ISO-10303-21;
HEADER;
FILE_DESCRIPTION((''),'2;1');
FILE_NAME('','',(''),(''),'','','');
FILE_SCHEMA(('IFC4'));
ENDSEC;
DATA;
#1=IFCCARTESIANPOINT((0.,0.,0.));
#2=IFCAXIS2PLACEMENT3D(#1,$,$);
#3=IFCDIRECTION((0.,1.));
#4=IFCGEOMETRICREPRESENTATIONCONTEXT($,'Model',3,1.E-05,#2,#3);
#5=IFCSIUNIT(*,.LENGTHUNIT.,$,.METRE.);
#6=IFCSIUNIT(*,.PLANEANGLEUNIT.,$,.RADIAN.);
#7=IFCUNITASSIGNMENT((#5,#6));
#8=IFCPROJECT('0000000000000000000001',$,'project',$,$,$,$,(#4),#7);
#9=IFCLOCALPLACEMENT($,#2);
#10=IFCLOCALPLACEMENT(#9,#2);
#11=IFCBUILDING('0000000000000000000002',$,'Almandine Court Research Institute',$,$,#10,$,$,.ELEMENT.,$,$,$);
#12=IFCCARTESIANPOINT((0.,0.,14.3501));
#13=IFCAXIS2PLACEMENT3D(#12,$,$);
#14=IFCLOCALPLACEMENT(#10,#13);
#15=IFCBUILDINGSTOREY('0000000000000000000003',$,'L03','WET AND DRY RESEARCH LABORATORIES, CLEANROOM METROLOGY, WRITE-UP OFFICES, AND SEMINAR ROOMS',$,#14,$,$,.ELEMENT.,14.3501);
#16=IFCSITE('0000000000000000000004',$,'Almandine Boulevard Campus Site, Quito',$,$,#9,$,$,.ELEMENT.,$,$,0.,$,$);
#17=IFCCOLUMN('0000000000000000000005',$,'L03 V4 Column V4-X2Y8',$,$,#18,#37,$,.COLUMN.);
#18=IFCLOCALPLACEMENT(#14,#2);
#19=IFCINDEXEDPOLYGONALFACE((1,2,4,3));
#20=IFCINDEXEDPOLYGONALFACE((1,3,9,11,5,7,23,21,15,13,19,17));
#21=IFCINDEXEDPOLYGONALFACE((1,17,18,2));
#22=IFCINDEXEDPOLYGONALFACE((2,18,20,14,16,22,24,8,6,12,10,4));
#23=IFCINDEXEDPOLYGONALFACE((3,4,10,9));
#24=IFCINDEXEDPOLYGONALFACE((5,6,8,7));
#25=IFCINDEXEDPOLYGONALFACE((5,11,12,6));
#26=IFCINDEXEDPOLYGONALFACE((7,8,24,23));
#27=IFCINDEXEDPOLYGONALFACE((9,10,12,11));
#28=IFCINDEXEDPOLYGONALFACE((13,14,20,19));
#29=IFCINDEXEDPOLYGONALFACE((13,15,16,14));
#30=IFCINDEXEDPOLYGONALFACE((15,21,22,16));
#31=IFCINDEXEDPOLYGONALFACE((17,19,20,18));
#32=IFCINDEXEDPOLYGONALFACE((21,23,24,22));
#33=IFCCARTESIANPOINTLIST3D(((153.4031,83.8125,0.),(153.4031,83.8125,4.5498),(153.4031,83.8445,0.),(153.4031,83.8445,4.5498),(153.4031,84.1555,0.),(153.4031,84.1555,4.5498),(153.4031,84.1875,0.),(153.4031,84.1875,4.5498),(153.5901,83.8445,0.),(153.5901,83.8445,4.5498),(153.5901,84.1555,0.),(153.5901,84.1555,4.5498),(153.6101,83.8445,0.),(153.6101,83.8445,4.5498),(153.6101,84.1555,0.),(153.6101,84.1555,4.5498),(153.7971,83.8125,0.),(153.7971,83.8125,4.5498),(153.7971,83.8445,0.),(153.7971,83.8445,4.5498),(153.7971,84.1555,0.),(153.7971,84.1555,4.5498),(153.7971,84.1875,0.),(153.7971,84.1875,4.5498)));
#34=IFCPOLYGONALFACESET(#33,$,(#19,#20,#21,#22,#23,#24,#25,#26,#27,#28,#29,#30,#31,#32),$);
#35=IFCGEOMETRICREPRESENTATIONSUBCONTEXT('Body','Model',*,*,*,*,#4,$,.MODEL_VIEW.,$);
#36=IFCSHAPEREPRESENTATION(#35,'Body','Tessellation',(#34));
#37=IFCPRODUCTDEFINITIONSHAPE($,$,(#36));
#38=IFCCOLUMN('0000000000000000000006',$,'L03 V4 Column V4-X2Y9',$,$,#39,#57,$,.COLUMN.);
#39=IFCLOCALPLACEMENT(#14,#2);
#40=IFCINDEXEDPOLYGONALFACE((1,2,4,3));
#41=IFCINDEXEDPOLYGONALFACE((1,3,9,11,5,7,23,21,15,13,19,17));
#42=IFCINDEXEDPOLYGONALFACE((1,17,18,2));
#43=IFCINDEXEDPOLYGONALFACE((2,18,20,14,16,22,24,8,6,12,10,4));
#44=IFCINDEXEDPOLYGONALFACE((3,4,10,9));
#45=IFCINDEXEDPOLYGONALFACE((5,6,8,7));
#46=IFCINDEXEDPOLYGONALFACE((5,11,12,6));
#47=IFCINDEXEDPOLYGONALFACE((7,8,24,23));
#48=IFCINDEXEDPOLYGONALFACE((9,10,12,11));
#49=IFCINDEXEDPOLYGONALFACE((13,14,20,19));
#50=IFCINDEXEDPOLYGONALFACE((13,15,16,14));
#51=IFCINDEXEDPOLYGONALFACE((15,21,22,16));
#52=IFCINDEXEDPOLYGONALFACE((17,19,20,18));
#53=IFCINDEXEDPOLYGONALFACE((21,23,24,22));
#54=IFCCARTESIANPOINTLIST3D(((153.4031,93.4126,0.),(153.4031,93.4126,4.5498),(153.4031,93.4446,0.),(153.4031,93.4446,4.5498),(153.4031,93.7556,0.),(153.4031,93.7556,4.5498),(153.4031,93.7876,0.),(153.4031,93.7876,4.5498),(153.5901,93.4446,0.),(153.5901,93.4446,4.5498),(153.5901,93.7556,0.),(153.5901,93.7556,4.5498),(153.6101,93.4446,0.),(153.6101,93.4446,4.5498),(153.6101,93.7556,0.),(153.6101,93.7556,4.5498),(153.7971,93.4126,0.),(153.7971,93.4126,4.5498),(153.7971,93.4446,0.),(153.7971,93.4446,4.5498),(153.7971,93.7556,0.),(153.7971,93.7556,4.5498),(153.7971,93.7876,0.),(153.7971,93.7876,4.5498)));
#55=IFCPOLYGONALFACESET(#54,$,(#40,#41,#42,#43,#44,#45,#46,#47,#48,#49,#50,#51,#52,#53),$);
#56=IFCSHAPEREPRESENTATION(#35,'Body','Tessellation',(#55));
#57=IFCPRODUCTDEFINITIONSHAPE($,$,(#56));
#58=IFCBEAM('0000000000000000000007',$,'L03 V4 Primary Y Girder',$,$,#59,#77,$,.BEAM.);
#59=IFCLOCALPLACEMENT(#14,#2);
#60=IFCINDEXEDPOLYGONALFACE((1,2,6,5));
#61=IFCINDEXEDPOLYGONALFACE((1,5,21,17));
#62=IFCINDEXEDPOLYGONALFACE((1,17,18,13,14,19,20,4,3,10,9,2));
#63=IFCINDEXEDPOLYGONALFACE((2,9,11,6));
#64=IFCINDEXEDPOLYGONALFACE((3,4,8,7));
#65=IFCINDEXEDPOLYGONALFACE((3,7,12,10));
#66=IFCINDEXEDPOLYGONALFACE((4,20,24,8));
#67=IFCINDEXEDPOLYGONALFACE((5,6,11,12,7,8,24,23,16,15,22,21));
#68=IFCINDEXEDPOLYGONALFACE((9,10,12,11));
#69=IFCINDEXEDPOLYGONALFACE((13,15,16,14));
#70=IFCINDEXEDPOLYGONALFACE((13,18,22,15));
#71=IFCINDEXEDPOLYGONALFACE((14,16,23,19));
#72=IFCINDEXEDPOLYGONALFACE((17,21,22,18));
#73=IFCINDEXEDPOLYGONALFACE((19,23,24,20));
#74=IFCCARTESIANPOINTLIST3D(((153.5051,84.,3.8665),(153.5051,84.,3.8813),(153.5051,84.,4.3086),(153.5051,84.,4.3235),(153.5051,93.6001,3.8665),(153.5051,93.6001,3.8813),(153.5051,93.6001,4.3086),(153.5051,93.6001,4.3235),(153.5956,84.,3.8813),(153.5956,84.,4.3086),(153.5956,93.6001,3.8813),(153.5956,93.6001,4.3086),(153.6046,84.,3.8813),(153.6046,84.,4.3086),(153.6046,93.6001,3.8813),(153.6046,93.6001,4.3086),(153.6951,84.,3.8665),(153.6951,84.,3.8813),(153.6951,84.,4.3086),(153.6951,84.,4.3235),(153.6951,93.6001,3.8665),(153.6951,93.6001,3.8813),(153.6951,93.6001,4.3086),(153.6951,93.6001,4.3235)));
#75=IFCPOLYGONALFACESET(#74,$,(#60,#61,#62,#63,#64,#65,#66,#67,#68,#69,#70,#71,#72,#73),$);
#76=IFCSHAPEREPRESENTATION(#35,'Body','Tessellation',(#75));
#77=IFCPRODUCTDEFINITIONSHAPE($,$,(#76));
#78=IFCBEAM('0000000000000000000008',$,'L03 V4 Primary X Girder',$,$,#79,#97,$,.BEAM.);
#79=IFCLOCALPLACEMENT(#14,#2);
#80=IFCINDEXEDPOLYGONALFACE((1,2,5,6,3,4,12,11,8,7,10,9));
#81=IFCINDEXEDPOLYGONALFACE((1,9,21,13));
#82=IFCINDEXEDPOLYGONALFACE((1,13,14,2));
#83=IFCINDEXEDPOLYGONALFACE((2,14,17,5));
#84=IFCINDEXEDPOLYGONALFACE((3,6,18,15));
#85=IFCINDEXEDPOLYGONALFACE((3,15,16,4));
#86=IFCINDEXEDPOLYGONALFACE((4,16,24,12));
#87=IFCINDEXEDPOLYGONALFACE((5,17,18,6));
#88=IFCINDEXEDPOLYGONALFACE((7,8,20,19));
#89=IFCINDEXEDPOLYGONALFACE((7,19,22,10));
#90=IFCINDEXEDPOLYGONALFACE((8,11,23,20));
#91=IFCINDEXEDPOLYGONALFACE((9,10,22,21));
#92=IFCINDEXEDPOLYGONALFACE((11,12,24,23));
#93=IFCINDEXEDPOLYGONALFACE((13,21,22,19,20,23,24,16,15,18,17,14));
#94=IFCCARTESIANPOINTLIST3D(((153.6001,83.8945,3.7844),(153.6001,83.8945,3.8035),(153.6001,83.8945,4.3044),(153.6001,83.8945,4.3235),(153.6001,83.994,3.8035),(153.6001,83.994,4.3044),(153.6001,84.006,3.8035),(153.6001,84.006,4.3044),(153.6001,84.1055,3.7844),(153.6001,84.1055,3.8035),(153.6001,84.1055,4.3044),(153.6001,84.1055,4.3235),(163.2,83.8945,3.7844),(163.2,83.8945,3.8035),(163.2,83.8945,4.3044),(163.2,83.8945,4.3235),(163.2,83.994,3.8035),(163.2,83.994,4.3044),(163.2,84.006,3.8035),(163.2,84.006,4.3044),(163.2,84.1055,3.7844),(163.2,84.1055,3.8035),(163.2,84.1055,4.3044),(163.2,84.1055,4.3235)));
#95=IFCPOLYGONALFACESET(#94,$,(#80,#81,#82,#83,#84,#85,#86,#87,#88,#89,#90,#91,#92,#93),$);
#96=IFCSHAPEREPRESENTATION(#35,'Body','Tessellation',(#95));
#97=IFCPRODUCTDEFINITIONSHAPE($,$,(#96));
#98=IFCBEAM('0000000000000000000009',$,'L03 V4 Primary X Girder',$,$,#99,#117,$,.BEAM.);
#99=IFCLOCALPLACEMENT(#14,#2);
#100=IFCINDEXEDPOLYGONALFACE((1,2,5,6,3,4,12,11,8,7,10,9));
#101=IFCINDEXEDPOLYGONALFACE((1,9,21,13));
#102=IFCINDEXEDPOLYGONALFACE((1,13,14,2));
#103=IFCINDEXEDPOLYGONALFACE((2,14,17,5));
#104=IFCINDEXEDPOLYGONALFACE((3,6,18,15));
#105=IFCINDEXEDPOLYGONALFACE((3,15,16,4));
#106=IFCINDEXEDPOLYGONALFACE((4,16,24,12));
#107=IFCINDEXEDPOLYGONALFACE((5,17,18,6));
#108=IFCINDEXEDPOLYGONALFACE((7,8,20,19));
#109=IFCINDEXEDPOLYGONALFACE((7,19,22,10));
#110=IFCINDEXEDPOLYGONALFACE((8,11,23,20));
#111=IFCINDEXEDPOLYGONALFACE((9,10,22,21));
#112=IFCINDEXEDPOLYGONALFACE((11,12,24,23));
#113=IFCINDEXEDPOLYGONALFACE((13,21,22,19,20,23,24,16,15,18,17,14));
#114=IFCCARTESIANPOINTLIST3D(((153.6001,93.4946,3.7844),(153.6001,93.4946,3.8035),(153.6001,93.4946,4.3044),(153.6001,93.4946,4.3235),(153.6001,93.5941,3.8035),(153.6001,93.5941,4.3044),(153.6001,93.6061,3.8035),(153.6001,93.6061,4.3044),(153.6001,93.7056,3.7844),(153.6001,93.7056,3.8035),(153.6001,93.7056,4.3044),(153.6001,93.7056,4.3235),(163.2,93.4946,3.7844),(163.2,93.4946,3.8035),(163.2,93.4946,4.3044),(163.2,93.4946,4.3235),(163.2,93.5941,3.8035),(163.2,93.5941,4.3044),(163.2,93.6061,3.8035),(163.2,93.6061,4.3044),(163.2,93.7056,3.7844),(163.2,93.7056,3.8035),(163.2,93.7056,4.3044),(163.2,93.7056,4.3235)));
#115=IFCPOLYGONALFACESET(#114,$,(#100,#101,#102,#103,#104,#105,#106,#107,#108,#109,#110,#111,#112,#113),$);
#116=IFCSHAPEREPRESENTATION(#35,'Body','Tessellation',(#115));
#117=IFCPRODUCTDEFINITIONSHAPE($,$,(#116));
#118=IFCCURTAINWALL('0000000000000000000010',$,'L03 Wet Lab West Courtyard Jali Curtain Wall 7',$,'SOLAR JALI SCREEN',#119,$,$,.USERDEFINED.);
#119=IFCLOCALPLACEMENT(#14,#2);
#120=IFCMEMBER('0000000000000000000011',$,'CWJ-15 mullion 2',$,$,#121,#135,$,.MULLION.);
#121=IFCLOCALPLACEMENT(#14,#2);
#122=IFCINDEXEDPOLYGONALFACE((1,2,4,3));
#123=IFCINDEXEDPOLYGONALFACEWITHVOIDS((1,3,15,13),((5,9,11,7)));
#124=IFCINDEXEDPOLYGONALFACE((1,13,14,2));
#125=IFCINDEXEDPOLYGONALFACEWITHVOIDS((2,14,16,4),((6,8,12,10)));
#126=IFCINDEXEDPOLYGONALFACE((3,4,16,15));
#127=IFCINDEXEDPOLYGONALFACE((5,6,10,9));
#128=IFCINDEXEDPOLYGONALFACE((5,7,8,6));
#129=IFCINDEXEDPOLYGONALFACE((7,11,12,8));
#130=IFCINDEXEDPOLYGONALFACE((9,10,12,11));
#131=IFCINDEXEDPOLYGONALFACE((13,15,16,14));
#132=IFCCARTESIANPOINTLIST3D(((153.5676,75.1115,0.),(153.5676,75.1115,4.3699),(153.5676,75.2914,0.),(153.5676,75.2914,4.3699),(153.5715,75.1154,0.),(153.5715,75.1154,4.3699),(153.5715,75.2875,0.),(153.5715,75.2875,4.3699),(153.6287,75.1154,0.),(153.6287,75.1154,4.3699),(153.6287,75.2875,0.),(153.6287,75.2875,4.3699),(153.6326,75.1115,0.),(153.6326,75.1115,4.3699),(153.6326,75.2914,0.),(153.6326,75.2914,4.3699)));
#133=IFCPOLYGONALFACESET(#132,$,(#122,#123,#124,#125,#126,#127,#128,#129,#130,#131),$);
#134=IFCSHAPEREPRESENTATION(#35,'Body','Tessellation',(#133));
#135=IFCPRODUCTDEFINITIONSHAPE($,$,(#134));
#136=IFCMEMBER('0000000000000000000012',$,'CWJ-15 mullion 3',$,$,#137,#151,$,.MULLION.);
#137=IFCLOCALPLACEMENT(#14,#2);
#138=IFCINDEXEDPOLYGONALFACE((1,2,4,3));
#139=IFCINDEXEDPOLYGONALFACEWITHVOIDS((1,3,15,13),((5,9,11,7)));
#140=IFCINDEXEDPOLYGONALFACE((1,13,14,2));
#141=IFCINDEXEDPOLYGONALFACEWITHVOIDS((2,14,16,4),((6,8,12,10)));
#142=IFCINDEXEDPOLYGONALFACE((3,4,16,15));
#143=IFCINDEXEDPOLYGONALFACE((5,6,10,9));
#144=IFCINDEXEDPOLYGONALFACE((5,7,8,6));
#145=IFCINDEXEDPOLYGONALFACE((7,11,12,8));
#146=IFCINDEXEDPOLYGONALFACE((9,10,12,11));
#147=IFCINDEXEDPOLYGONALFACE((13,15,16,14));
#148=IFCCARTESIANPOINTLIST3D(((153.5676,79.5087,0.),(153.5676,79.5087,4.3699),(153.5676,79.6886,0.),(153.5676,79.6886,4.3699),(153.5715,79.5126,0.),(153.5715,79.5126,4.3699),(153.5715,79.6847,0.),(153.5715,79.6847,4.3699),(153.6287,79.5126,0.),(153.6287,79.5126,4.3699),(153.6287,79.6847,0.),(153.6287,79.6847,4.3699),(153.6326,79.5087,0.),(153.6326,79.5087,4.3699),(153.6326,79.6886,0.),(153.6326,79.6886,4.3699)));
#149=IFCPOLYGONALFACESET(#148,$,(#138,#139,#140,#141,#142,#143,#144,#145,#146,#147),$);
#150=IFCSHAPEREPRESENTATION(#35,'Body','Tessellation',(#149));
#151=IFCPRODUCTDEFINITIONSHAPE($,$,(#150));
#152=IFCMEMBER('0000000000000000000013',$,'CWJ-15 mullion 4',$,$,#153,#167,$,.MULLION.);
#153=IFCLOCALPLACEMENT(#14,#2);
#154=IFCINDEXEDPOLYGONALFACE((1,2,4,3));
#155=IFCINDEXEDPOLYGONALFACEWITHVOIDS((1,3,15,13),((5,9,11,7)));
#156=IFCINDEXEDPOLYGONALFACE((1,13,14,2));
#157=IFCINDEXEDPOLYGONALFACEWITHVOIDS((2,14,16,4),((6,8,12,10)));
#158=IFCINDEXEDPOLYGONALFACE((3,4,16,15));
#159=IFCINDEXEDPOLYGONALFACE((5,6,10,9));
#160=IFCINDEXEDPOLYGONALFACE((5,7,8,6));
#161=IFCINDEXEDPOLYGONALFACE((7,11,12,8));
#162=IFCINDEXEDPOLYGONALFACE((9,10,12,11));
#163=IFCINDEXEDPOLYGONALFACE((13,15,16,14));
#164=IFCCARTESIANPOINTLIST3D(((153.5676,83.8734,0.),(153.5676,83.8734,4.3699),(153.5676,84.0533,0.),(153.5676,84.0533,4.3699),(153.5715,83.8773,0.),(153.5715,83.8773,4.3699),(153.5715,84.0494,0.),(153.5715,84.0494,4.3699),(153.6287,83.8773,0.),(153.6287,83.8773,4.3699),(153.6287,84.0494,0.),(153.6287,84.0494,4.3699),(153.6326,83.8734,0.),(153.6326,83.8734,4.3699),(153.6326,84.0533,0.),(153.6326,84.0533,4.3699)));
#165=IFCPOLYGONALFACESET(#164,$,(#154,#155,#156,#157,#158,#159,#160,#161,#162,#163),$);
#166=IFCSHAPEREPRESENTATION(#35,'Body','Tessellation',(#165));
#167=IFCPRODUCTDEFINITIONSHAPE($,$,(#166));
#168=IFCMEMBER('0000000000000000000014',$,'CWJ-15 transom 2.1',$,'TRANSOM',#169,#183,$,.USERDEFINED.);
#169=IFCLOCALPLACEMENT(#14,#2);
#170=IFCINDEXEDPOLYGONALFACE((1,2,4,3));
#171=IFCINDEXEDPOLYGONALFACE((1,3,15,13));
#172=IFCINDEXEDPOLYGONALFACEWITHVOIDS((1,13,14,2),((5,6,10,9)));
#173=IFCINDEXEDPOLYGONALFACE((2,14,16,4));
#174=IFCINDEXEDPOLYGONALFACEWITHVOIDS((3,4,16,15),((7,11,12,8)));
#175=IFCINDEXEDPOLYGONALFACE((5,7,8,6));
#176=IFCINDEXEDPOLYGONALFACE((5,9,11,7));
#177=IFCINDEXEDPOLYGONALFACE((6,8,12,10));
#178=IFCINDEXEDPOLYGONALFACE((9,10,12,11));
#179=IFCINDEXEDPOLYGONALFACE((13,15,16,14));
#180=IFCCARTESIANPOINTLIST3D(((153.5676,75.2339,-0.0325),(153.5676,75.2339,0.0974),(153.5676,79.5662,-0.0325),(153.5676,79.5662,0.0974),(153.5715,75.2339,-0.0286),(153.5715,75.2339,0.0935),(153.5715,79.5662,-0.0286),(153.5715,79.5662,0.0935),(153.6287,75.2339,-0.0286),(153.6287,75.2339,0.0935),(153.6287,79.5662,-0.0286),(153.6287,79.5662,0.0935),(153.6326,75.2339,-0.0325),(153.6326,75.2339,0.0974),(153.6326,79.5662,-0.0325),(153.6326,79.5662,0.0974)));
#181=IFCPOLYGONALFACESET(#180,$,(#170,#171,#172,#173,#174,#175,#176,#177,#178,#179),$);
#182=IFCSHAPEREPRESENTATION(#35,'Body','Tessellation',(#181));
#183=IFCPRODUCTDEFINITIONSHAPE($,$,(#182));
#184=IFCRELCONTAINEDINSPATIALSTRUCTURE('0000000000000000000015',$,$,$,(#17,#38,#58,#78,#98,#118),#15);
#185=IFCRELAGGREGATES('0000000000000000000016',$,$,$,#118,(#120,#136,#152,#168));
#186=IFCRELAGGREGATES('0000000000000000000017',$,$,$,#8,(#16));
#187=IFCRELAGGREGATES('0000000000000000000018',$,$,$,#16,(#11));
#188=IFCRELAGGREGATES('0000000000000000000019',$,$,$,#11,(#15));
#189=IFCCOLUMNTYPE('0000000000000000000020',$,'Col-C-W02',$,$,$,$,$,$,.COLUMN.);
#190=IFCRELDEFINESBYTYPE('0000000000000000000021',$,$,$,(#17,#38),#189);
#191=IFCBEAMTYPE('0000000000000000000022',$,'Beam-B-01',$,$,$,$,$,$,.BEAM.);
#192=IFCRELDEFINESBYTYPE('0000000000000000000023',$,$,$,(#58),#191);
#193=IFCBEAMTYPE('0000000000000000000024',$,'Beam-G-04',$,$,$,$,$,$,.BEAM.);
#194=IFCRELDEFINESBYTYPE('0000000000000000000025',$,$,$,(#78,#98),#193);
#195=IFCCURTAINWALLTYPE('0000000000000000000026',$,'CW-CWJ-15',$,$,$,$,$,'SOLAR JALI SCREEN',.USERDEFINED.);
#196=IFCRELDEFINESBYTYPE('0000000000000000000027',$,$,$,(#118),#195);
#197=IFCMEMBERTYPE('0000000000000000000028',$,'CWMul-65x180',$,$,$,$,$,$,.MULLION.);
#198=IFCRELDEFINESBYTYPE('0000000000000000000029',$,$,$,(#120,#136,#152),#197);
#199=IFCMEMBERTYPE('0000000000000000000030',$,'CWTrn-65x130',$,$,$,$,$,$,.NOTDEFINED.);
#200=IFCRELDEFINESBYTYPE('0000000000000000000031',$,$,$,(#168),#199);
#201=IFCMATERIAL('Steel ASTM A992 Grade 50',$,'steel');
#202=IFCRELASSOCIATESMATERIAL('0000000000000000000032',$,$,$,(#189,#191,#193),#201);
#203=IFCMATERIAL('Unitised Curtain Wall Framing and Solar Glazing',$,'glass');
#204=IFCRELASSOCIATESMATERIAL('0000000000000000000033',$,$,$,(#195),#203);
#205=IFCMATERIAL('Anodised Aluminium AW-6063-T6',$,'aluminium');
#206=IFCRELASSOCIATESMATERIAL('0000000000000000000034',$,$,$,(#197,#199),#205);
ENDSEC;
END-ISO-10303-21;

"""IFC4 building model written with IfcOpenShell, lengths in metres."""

from ifc_helpers import new_model, si_unit, direction, frame, origin, origin_2d, place, context, subcontext, project, spatial, hollow_rectangle, i_section, extrude, material, material_profile, profile_set, type_object, element, aggregate, save


model = new_model("IFC4")

# Units and contexts
model_context = context("Model", 3, precision=1e-05, world=origin(), true_north=direction((0.0, 1.0)))
body_context = subcontext(model_context, "Body", "Model", "MODEL_VIEW")
ifc_project = project(units=[si_unit("LENGTHUNIT", "METRE"), si_unit("PLANEANGLEUNIT", "RADIAN")], contexts=[model_context])

# Site, building, storey
site_placement = place(None, origin())
site = spatial("IfcSite", under=ifc_project, at=site_placement, Name="Almandine Boulevard Campus Site, Quito", CompositionType="ELEMENT", RefElevation=0.0)
building_placement = place(site_placement, origin())
building = spatial("IfcBuilding", under=site, at=building_placement, Name="Almandine Court Research Institute", CompositionType="ELEMENT")
storey_placement = place(building_placement, frame((0.0, 0.0, 14.3501)))
storey = spatial("IfcBuildingStorey", under=building, at=storey_placement, Name="L03", Description="WET AND DRY RESEARCH LABORATORIES, CLEANROOM METROLOGY, WRITE-UP OFFICES, AND SEMINAR ROOMS", CompositionType="ELEMENT", Elevation=14.3501)

# Columns
ifc_material_1 = material(Name="Steel ASTM A992 Grade 50", Category="steel")
ifc_material_profile_1 = material_profile(ifc_material_1, i_section(OverallWidth=0.394, OverallDepth=0.375, WebThickness=0.02, FlangeThickness=0.032, at=origin_2d()), Name="W360x216")
ifc_profile_set_1 = profile_set([ifc_material_profile_1], Name="Steel ASTM A992 Grade 50")
column_type = type_object("IfcColumnType", Name="Col-C-W02", PredefinedType="COLUMN", material=ifc_profile_set_1)
for number, where, z_axis, x_axis, name in (
    (1, (153.6001, 84.0, 0.0), (0.0, 0.0, 1.0), (1.0, 0.0, 0.0), "L03 V4 Column V4-X2Y8"),
    (2, (153.6001, 93.6001, 0.0), (0.0, 0.0, 1.0), (1.0, 0.0, 0.0), "L03 V4 Column V4-X2Y9"),
):
    element("IfcColumn", number, at=place(storey_placement, frame(where, z_axis=z_axis, x_axis=x_axis)), inside=storey, type_object=column_type, Name=name, PredefinedType="COLUMN", context=body_context, shape_type="SweptSolid", body=[
        extrude(i_section(OverallWidth=0.394, OverallDepth=0.375, WebThickness=0.02, FlangeThickness=0.032, at=origin_2d()), origin(), (0.0, 0.0, 1.0), 4.5498),
    ])

# Beams
ifc_material_profile_2 = material_profile(ifc_material_1, i_section(OverallWidth=0.1899, OverallDepth=0.457, WebThickness=0.009, FlangeThickness=0.0149, at=origin_2d()), Name="W460x74")
ifc_profile_set_2 = profile_set([ifc_material_profile_2], Name="Steel ASTM A992 Grade 50")
beam_type_1 = type_object("IfcBeamType", Name="Beam-B-01", PredefinedType="BEAM", material=ifc_profile_set_2)
beam_placement = place(storey_placement, frame((153.6001, 84.0, 4.095), z_axis=(0.0, 1.0, 0.0), x_axis=(-1.0, 0.0, 0.0)))
element("IfcBeam", 3, at=beam_placement, inside=storey, type_object=beam_type_1, Name="L03 V4 Primary Y Girder", PredefinedType="BEAM", context=body_context, shape_type="SweptSolid", body=[
    extrude(i_section(OverallWidth=0.1899, OverallDepth=0.457, WebThickness=0.009, FlangeThickness=0.0149, at=origin_2d()), origin(), (0.0, 0.0, 1.0), 9.6001),
])
ifc_material_profile_3 = material_profile(ifc_material_1, i_section(OverallWidth=0.2109, OverallDepth=0.5391, WebThickness=0.012, FlangeThickness=0.019, at=origin_2d()), Name="W530x109")
ifc_profile_set_3 = profile_set([ifc_material_profile_3], Name="Steel ASTM A992 Grade 50")
beam_type_2 = type_object("IfcBeamType", Name="Beam-G-04", PredefinedType="BEAM", material=ifc_profile_set_3)
for number, where, z_axis, x_axis, name in (
    (4, (153.6001, 84.0, 4.054), (1.0, 0.0, 0.0), (0.0, 1.0, 0.0), "L03 V4 Primary X Girder"),
    (5, (153.6001, 93.6001, 4.054), (1.0, 0.0, 0.0), (0.0, 1.0, 0.0), "L03 V4 Primary X Girder"),
):
    element("IfcBeam", number, at=place(storey_placement, frame(where, z_axis=z_axis, x_axis=x_axis)), inside=storey, type_object=beam_type_2, Name=name, PredefinedType="BEAM", context=body_context, shape_type="SweptSolid", body=[
        extrude(i_section(OverallWidth=0.2109, OverallDepth=0.5391, WebThickness=0.012, FlangeThickness=0.019, at=origin_2d()), origin(), (0.0, 0.0, 1.0), 9.5999),
    ])

# Curtain wall, members
ifc_material_2 = material(Name="Unitised Curtain Wall Framing and Solar Glazing", Category="glass")
curtain_wall_type_1 = type_object("IfcCurtainWallType", Name="CW-CWJ-15", ElementType="SOLAR JALI SCREEN", PredefinedType="USERDEFINED", material=ifc_material_2)
curtain_wall_1_placement = place(storey_placement, origin())
curtain_wall_1 = element("IfcCurtainWall", 6, at=curtain_wall_1_placement, inside=storey, type_object=curtain_wall_type_1, Name="L03 Wet Lab West Courtyard Jali Curtain Wall 7", ObjectType="SOLAR JALI SCREEN", PredefinedType="USERDEFINED")
ifc_material_3 = material(Name="Anodised Aluminium AW-6063-T6", Category="aluminium")
ifc_material_profile_4 = material_profile(ifc_material_3, hollow_rectangle(XDim=0.0649, YDim=0.1799, WallThickness=0.0039, at=origin_2d()), Name="ALU RHS 65x180x4")
ifc_profile_set_4 = profile_set([ifc_material_profile_4], Name="Anodised Aluminium AW-6063-T6")
member_type_1 = type_object("IfcMemberType", Name="CWMul-65x180", PredefinedType="MULLION", material=ifc_profile_set_4)
member_1_placement = place(storey_placement, frame((153.6001, 75.2014, 0.0), z_axis=(0.0, 0.0, 1.0), x_axis=(-1.0, 0.0, 0.0)))
member_1 = element("IfcMember", 7, at=member_1_placement, type_object=member_type_1, Name="CWJ-15 mullion 2", PredefinedType="MULLION", context=body_context, shape_type="SweptSolid", body=[
    extrude(hollow_rectangle(XDim=0.0649, YDim=0.1799, WallThickness=0.0039, at=origin_2d()), origin(), (0.0, 0.0, 1.0), 4.3699),
])
member_2_placement = place(storey_placement, frame((153.6001, 79.5986, 0.0), z_axis=(0.0, 0.0, 1.0), x_axis=(-1.0, 0.0, 0.0)))
member_2 = element("IfcMember", 8, at=member_2_placement, type_object=member_type_1, Name="CWJ-15 mullion 3", PredefinedType="MULLION", context=body_context, shape_type="SweptSolid", body=[
    extrude(hollow_rectangle(XDim=0.0649, YDim=0.1799, WallThickness=0.0039, at=origin_2d()), origin(), (0.0, 0.0, 1.0), 4.3699),
])
member_3_placement = place(storey_placement, frame((153.6001, 83.9634, 0.0), z_axis=(0.0, 0.0, 1.0), x_axis=(-1.0, 0.0, 0.0)))
member_3 = element("IfcMember", 9, at=member_3_placement, type_object=member_type_1, Name="CWJ-15 mullion 4", PredefinedType="MULLION", context=body_context, shape_type="SweptSolid", body=[
    extrude(hollow_rectangle(XDim=0.0649, YDim=0.1799, WallThickness=0.0039, at=origin_2d()), origin(), (0.0, 0.0, 1.0), 4.3699),
])
ifc_material_profile_5 = material_profile(ifc_material_3, hollow_rectangle(XDim=0.0649, YDim=0.1299, WallThickness=0.0039, at=origin_2d()), Name="ALU RHS 65x130x4")
ifc_profile_set_5 = profile_set([ifc_material_profile_5], Name="Anodised Aluminium AW-6063-T6")
member_type_2 = type_object("IfcMemberType", Name="CWTrn-65x130", PredefinedType="NOTDEFINED", material=ifc_profile_set_5)
member_4_placement = place(storey_placement, frame((153.6001, 75.2339, 0.0325), z_axis=(0.0, 1.0, 0.0), x_axis=(-1.0, 0.0, 0.0)))
member_4 = element("IfcMember", 10, at=member_4_placement, type_object=member_type_2, Name="CWJ-15 transom 2.1", ObjectType="TRANSOM", PredefinedType="USERDEFINED", context=body_context, shape_type="SweptSolid", body=[
    extrude(hollow_rectangle(XDim=0.0649, YDim=0.1299, WallThickness=0.0039, at=origin_2d()), origin(), (0.0, 0.0, 1.0), 4.3323),
])

aggregate(curtain_wall_1, [member_1, member_2, member_3, member_4])

save(model, "model.ifc")
